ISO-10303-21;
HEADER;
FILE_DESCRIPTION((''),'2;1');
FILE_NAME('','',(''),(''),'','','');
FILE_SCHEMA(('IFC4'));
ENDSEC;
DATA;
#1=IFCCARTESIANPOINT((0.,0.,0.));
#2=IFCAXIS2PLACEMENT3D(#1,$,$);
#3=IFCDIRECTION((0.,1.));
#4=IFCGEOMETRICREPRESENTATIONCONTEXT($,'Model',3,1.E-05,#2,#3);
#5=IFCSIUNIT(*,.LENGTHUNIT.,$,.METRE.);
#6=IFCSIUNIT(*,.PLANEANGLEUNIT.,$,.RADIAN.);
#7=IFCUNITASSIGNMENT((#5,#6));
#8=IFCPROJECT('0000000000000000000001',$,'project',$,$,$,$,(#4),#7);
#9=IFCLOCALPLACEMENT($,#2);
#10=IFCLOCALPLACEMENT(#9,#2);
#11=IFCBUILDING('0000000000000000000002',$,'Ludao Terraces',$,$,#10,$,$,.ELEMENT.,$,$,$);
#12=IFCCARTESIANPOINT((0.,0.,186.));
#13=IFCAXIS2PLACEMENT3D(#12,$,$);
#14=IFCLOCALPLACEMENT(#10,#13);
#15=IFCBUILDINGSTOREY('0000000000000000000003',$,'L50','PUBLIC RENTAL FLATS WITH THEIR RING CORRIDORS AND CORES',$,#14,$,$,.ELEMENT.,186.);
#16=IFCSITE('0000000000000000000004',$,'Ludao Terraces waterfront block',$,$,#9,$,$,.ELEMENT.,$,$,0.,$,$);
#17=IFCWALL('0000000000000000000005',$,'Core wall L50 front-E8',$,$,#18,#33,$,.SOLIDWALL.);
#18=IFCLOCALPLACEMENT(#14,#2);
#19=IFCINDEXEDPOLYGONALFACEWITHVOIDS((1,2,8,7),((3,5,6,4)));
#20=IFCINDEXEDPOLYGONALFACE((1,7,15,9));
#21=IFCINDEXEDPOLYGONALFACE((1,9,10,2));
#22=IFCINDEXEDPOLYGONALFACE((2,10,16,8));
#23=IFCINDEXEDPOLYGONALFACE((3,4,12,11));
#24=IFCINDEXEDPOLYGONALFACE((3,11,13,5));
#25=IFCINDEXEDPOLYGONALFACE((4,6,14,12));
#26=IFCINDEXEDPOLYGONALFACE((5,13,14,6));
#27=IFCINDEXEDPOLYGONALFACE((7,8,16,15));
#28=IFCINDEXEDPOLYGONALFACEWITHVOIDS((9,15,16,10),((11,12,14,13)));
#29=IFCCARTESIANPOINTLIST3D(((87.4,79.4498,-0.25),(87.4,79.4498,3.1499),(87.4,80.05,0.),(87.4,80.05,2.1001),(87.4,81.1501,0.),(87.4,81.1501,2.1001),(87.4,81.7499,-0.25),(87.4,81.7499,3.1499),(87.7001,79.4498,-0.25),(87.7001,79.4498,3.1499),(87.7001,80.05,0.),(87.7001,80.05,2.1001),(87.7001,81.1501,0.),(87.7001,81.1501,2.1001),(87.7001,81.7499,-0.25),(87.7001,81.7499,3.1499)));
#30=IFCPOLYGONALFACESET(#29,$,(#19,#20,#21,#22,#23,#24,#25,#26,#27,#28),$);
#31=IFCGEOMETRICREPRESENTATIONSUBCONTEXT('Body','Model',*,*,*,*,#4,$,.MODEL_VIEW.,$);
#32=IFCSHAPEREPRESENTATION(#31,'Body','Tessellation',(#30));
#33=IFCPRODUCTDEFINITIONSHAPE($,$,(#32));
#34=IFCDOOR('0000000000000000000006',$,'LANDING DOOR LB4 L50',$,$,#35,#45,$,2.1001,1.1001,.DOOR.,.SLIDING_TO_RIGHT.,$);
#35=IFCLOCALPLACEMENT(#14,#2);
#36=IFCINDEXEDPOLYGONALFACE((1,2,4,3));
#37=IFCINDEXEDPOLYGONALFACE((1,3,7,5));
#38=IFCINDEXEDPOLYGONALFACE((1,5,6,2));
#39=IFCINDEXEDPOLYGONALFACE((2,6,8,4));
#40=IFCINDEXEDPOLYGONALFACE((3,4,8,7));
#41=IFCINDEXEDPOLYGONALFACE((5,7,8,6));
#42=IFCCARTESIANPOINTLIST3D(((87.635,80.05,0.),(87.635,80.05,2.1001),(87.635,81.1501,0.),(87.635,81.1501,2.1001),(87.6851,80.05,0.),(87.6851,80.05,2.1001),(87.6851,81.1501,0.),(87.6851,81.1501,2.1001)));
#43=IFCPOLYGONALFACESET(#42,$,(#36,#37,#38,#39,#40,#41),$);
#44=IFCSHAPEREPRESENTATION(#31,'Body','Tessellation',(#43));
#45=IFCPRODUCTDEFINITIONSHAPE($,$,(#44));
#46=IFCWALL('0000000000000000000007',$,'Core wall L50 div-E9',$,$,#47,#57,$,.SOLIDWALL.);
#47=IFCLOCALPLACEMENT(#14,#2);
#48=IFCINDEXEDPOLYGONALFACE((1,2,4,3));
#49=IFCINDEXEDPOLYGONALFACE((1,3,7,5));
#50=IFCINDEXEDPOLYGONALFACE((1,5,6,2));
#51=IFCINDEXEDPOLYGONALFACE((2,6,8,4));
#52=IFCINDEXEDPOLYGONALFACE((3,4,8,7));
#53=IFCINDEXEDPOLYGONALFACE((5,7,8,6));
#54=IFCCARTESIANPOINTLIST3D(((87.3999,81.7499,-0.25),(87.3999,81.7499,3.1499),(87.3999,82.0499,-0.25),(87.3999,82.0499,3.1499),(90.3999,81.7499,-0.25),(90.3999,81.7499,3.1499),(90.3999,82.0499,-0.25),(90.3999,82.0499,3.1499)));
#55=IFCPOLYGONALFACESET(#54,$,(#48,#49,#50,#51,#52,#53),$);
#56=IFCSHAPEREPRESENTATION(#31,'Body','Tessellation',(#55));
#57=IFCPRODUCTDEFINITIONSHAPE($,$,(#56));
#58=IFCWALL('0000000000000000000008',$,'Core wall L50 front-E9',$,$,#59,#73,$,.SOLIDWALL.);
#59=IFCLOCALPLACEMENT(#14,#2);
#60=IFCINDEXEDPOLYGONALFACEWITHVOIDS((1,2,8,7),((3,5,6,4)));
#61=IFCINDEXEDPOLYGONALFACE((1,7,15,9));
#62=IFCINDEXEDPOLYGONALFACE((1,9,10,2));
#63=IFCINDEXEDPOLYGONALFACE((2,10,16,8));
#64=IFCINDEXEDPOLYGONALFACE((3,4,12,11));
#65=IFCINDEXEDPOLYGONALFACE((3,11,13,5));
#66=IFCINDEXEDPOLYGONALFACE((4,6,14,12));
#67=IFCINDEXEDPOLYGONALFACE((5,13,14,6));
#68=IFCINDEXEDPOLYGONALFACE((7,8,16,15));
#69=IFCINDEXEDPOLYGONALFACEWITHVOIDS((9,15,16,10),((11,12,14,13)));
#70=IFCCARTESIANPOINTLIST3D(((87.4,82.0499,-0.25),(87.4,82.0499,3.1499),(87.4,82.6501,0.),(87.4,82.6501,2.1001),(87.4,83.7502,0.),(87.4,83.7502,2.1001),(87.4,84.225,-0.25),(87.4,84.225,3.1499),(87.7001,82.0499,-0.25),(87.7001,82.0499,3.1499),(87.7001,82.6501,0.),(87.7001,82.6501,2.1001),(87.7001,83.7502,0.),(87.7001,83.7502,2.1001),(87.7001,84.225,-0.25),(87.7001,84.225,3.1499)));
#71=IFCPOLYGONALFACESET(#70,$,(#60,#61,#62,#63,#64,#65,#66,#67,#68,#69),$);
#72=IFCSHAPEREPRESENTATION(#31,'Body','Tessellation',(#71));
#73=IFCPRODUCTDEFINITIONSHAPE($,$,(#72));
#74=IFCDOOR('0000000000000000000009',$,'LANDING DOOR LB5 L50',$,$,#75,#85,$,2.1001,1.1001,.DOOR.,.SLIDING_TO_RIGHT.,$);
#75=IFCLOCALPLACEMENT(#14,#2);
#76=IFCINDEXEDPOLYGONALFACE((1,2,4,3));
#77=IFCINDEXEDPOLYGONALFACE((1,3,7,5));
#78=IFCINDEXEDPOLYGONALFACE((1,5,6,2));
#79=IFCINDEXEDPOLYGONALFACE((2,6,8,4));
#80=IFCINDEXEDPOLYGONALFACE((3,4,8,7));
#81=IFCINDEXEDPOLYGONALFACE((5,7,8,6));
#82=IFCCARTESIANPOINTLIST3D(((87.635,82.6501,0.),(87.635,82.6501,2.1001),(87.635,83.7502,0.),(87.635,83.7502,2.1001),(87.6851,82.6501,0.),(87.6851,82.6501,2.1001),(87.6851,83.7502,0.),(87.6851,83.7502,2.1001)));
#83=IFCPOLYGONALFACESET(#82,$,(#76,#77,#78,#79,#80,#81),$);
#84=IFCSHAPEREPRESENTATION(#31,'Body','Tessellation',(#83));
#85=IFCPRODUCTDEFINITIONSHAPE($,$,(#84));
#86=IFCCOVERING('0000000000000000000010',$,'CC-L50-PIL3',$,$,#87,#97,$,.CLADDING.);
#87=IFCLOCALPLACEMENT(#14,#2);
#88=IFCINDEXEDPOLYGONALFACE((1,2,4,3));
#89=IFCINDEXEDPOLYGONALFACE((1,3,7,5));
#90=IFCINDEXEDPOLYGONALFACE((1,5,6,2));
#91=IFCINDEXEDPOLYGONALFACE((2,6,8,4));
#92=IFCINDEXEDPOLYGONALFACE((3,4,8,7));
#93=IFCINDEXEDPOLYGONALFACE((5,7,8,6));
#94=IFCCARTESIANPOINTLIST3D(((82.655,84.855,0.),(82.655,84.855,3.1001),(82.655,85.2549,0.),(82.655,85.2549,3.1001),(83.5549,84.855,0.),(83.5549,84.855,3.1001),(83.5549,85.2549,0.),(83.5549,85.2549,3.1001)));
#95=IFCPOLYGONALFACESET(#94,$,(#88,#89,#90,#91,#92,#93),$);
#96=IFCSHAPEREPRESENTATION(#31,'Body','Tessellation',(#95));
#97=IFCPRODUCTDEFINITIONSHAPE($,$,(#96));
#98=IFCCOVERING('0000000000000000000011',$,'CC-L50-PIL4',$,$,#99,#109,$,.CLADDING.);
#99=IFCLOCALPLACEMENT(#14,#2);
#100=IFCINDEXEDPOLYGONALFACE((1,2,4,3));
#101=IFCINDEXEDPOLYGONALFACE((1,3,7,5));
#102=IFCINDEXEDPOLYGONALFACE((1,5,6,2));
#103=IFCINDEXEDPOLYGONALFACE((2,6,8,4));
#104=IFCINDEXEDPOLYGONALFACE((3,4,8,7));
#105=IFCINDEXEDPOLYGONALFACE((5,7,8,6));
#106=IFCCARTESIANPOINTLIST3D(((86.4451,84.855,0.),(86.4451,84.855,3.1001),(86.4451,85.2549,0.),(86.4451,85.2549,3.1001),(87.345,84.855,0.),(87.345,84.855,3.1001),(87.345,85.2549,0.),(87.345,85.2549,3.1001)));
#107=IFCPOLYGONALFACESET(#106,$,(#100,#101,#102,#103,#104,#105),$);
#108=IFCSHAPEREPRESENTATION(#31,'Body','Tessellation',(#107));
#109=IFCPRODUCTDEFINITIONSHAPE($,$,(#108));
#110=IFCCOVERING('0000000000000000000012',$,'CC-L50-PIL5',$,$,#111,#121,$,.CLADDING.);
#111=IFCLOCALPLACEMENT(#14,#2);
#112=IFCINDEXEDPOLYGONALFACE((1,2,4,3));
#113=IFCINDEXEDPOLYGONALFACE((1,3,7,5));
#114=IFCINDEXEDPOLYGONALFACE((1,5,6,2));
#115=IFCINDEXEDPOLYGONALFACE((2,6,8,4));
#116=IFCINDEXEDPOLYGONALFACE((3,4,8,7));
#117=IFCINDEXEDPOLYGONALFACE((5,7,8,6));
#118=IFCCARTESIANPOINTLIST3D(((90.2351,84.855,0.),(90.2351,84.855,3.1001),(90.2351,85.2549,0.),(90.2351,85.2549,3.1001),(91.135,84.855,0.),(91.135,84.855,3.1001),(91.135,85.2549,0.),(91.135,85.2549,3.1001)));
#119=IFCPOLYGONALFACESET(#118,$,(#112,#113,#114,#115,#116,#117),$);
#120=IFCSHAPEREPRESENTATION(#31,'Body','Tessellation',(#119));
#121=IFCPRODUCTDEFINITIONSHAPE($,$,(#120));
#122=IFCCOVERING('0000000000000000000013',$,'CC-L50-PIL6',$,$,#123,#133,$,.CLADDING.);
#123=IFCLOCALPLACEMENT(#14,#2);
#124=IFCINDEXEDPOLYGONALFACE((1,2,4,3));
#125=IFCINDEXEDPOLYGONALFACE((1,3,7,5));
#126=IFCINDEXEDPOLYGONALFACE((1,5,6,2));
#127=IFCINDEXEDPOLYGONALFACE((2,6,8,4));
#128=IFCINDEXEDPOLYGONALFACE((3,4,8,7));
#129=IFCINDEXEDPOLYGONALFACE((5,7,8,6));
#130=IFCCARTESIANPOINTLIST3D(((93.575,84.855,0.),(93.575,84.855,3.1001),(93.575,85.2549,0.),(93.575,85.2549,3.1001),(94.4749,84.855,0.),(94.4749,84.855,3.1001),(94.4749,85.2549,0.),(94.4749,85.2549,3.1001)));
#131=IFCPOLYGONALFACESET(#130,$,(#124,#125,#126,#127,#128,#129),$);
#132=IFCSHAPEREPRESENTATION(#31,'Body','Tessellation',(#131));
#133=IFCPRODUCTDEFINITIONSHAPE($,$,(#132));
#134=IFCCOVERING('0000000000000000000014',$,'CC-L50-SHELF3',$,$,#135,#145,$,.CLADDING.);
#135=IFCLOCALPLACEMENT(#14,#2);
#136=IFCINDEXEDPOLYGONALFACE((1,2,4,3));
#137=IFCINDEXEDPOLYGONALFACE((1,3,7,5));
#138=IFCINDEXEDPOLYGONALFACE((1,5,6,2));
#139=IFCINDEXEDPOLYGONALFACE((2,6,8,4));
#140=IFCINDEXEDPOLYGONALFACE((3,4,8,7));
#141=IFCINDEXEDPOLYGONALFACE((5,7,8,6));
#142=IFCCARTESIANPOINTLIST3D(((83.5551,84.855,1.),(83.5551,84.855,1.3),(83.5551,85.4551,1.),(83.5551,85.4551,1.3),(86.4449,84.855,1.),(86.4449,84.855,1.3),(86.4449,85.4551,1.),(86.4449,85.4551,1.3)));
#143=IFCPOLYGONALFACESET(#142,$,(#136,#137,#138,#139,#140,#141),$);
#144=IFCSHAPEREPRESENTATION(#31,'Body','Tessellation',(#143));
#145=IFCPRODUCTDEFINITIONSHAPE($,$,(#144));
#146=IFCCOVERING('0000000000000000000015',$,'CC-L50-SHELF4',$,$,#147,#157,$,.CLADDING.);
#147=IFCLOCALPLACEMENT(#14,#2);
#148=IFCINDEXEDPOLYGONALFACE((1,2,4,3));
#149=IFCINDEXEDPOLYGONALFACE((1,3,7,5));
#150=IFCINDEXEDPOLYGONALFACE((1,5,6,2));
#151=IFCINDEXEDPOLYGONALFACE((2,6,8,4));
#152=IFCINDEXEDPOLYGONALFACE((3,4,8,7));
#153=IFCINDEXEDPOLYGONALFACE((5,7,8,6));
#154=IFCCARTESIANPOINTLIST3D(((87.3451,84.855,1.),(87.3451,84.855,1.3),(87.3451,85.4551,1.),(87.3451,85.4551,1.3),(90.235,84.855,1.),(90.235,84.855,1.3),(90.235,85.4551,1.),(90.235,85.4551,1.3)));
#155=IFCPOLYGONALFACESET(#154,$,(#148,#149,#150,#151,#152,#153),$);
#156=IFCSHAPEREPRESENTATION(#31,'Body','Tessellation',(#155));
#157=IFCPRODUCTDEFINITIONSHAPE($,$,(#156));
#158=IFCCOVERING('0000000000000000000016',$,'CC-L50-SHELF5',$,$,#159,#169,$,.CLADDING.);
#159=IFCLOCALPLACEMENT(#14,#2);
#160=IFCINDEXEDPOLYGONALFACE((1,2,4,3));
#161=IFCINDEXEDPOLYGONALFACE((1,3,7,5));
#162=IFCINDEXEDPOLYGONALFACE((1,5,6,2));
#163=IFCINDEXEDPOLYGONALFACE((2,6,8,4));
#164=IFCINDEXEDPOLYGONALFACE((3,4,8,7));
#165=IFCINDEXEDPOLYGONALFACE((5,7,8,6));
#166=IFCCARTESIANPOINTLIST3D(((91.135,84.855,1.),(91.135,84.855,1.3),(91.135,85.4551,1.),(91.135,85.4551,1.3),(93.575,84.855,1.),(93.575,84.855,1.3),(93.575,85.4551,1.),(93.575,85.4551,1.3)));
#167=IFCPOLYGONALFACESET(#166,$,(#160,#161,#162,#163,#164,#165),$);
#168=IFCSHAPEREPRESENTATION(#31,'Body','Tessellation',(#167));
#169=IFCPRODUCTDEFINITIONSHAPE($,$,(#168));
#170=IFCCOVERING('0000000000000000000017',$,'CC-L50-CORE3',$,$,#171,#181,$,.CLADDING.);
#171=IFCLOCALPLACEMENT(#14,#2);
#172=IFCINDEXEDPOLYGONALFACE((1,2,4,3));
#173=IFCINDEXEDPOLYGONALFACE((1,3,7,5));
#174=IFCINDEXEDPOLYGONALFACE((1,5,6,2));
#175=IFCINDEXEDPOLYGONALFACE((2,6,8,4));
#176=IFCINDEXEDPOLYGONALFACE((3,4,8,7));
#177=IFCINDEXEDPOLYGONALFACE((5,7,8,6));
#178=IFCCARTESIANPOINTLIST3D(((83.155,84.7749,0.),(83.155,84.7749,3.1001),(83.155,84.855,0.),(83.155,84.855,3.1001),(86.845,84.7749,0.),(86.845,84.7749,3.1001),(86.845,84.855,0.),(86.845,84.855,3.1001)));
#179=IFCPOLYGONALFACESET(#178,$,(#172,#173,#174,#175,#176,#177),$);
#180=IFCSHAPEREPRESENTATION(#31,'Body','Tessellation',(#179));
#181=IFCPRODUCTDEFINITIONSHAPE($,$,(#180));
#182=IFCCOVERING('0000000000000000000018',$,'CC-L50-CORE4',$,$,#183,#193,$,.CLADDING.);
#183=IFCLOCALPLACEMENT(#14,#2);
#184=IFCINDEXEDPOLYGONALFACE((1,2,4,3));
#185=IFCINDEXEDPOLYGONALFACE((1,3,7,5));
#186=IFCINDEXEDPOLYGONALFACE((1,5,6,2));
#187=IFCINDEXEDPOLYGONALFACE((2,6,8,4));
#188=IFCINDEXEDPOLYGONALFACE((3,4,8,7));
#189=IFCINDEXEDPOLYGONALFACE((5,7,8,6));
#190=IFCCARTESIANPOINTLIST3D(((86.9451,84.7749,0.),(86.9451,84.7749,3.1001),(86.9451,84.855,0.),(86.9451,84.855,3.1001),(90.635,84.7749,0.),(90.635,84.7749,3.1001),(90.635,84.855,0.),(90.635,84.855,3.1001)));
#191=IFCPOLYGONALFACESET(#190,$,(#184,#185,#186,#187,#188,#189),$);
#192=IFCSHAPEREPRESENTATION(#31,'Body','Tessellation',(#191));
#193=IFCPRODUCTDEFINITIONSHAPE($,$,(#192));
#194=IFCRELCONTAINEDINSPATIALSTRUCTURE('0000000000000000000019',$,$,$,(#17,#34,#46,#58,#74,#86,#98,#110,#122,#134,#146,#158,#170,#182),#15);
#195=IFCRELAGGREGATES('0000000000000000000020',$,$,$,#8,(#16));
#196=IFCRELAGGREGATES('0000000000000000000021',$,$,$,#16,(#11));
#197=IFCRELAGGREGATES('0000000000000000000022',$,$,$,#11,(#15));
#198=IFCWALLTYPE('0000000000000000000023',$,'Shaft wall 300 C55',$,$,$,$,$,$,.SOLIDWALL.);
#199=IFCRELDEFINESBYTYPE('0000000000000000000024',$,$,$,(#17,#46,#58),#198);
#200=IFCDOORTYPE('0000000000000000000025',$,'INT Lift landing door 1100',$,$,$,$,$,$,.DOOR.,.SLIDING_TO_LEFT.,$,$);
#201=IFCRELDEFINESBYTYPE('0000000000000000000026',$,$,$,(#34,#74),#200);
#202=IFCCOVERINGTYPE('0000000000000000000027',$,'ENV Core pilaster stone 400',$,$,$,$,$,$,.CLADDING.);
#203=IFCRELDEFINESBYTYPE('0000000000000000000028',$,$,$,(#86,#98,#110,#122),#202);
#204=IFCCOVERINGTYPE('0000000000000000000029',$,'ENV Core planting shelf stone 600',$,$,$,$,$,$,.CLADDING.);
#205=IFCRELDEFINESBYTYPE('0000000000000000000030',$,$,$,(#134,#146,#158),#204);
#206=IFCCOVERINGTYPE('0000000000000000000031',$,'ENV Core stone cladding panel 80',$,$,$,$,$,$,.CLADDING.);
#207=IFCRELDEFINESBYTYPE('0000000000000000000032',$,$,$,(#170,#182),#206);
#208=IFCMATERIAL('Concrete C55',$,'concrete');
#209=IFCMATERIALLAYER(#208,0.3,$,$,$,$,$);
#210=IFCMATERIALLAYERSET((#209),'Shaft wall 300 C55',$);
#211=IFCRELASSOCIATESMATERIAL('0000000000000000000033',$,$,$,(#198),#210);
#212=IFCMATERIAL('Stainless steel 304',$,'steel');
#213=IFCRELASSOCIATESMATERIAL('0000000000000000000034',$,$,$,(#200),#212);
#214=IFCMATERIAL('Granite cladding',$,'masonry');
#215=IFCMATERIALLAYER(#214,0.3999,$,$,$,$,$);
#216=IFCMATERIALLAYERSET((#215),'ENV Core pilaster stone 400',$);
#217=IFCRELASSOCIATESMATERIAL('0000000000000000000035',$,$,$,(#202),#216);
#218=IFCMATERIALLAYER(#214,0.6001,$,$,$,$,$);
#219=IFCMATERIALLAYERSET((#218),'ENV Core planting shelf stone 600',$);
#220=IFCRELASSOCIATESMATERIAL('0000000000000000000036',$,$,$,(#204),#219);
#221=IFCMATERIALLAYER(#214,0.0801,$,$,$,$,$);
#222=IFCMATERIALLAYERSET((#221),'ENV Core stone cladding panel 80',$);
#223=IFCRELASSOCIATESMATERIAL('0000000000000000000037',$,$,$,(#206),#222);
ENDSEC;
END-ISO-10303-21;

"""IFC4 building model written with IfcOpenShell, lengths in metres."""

from ifc_helpers import new_model, si_unit, direction, frame, frame_2d, origin, origin_2d, place, context, subcontext, project, spatial, rectangle, extrude, material, layer, layer_set, type_object, element, fill, save


model = new_model("IFC4")

# Units and contexts
model_context = context("Model", 3, precision=1e-05, world=origin(), true_north=direction((0.0, 1.0)))
body_context = subcontext(model_context, "Body", "Model", "MODEL_VIEW")
ifc_project = project(units=[si_unit("LENGTHUNIT", "METRE"), si_unit("PLANEANGLEUNIT", "RADIAN")], contexts=[model_context])

# Site, building, storey
site_placement = place(None, origin())
site = spatial("IfcSite", under=ifc_project, at=site_placement, Name="Ludao Terraces waterfront block", CompositionType="ELEMENT", RefElevation=0.0)
building_placement = place(site_placement, origin())
building = spatial("IfcBuilding", under=site, at=building_placement, Name="Ludao Terraces", CompositionType="ELEMENT")
storey_placement = place(building_placement, frame((0.0, 0.0, 186.0)))
storey = spatial("IfcBuildingStorey", under=building, at=storey_placement, Name="L50", Description="PUBLIC RENTAL FLATS WITH THEIR RING CORRIDORS AND CORES", CompositionType="ELEMENT", Elevation=186.0)

# Wall, opening, door
ifc_material_1 = material(Name="Concrete C55", Category="concrete")
ifc_layer_1 = layer(ifc_material_1, 0.3)
ifc_layer_set_1 = layer_set([ifc_layer_1], Name="Shaft wall 300 C55")
wall_type = type_object("IfcWallType", Name="Shaft wall 300 C55", PredefinedType="SOLIDWALL", material=ifc_layer_set_1)
wall_1_placement = place(storey_placement, frame((87.55, 79.45, -0.25), z_axis=(0.0, 0.0, 1.0), x_axis=(0.0, 1.0, 0.0)))
wall_1 = element("IfcWall", 1, at=wall_1_placement, inside=storey, type_object=wall_type, Name="Core wall L50 front-E8", PredefinedType="SOLIDWALL", context=body_context, shape_type="SweptSolid", body=[
    extrude(rectangle(XDim=2.3, YDim=0.3, at=frame_2d((1.1499, 0.0))), origin(), (0.0, 0.0, 1.0), 3.3999),
])
opening_1_placement = place(wall_1_placement, frame((0.6001, 0.0, 0.25)))
opening_1 = element("IfcOpeningElement", 2, at=opening_1_placement, cuts=wall_1, PredefinedType="OPENING", context=body_context, shape_type="SweptSolid", body=[
    extrude(rectangle(XDim=1.1001, YDim=2.1001, at=frame_2d((0.55, 1.05))), frame((0.0, 0.1602, 0.0), z_axis=(0.0, -1.0, 0.0), x_axis=(1.0, 0.0, 0.0)), (0.0, 0.0, 1.0), 0.3201),
])
ifc_material_2 = material(Name="Stainless steel 304", Category="steel")
door_type = type_object("IfcDoorType", Name="INT Lift landing door 1100", OperationType="SLIDING_TO_LEFT", PredefinedType="DOOR", material=ifc_material_2)
door_1_placement = place(opening_1_placement, origin())
door_1 = element("IfcDoor", 3, at=door_1_placement, inside=storey, type_object=door_type, Name="LANDING DOOR LB4 L50", OperationType="SLIDING_TO_RIGHT", OverallHeight=2.1001, OverallWidth=1.1001, PredefinedType="DOOR", context=body_context, shape_type="SweptSolid", body=[
    extrude(rectangle(XDim=1.1001, YDim=2.1001, at=frame_2d((0.55, 1.05))), frame((0.0, -0.085, 0.0), z_axis=(0.0, -1.0, 0.0), x_axis=(1.0, 0.0, 0.0)), (0.0, 0.0, 1.0), 0.05),
])
fill(opening_1, door_1)

# Wall
wall_2_placement = place(storey_placement, frame((87.3999, 81.8999, -0.25), z_axis=(0.0, 0.0, 1.0), x_axis=(1.0, 0.0, 0.0)))
element("IfcWall", 4, at=wall_2_placement, inside=storey, type_object=wall_type, Name="Core wall L50 div-E9", PredefinedType="SOLIDWALL", context=body_context, shape_type="SweptSolid", body=[
    extrude(rectangle(XDim=3.0, YDim=0.3, at=frame_2d((1.5, 0.0))), origin(), (0.0, 0.0, 1.0), 3.3999),
])

# Wall, opening, door
wall_3_placement = place(storey_placement, frame((87.55, 82.05, -0.25), z_axis=(0.0, 0.0, 1.0), x_axis=(0.0, 1.0, 0.0)))
wall_3 = element("IfcWall", 5, at=wall_3_placement, inside=storey, type_object=wall_type, Name="Core wall L50 front-E9", PredefinedType="SOLIDWALL", context=body_context, shape_type="SweptSolid", body=[
    extrude(rectangle(XDim=2.175, YDim=0.3, at=frame_2d((1.0874, 0.0))), origin(), (0.0, 0.0, 1.0), 3.3999),
])
opening_2_placement = place(wall_3_placement, frame((0.6001, 0.0, 0.25)))
opening_2 = element("IfcOpeningElement", 6, at=opening_2_placement, cuts=wall_3, PredefinedType="OPENING", context=body_context, shape_type="SweptSolid", body=[
    extrude(rectangle(XDim=1.1001, YDim=2.1001, at=frame_2d((0.55, 1.05))), frame((0.0, 0.1602, 0.0), z_axis=(0.0, -1.0, 0.0), x_axis=(1.0, 0.0, 0.0)), (0.0, 0.0, 1.0), 0.3201),
])
door_2_placement = place(opening_2_placement, origin())
door_2 = element("IfcDoor", 7, at=door_2_placement, inside=storey, type_object=door_type, Name="LANDING DOOR LB5 L50", OperationType="SLIDING_TO_RIGHT", OverallHeight=2.1001, OverallWidth=1.1001, PredefinedType="DOOR", context=body_context, shape_type="SweptSolid", body=[
    extrude(rectangle(XDim=1.1001, YDim=2.1001, at=frame_2d((0.55, 1.05))), frame((0.0, -0.085, 0.0), z_axis=(0.0, -1.0, 0.0), x_axis=(1.0, 0.0, 0.0)), (0.0, 0.0, 1.0), 0.05),
])
fill(opening_2, door_2)

# Coverings
ifc_material_3 = material(Name="Granite cladding", Category="masonry")
ifc_layer_2 = layer(ifc_material_3, 0.3999)
ifc_layer_set_2 = layer_set([ifc_layer_2], Name="ENV Core pilaster stone 400")
covering_type_1 = type_object("IfcCoveringType", Name="ENV Core pilaster stone 400", PredefinedType="CLADDING", material=ifc_layer_set_2)
for number, where, z_axis, x_axis, name in (
    (8, (83.105, 85.0549, 0.0), (0.0, 0.0, 1.0), (1.0, 0.0, 0.0), "CC-L50-PIL3"),
    (9, (86.895, 85.0549, 0.0), (0.0, 0.0, 1.0), (1.0, 0.0, 0.0), "CC-L50-PIL4"),
    (10, (90.6851, 85.0549, 0.0), (0.0, 0.0, 1.0), (1.0, 0.0, 0.0), "CC-L50-PIL5"),
    (11, (94.0249, 85.0549, 0.0), (0.0, 0.0, 1.0), (1.0, 0.0, 0.0), "CC-L50-PIL6"),
):
    element("IfcCovering", number, at=place(storey_placement, frame(where, z_axis=z_axis, x_axis=x_axis)), inside=storey, type_object=covering_type_1, Name=name, PredefinedType="CLADDING", context=body_context, shape_type="SweptSolid", body=[
        extrude(rectangle(XDim=0.8999, YDim=0.3999, at=origin_2d()), origin(), (0.0, 0.0, 1.0), 3.1001),
    ])
ifc_layer_3 = layer(ifc_material_3, 0.6001)
ifc_layer_set_3 = layer_set([ifc_layer_3], Name="ENV Core planting shelf stone 600")
covering_type_2 = type_object("IfcCoveringType", Name="ENV Core planting shelf stone 600", PredefinedType="CLADDING", material=ifc_layer_set_3)
for number, where, z_axis, x_axis, name in (
    (12, (85.0, 85.155, 1.0), (0.0, 0.0, 1.0), (1.0, 0.0, 0.0), "CC-L50-SHELF3"),
    (13, (88.79, 85.155, 1.0), (0.0, 0.0, 1.0), (1.0, 0.0, 0.0), "CC-L50-SHELF4"),
):
    element("IfcCovering", number, at=place(storey_placement, frame(where, z_axis=z_axis, x_axis=x_axis)), inside=storey, type_object=covering_type_2, Name=name, PredefinedType="CLADDING", context=body_context, shape_type="SweptSolid", body=[
        extrude(rectangle(XDim=2.8899, YDim=0.6001, at=origin_2d()), origin(), (0.0, 0.0, 1.0), 0.3),
    ])
covering_1_placement = place(storey_placement, frame((92.355, 85.155, 1.0), z_axis=(0.0, 0.0, 1.0), x_axis=(1.0, 0.0, 0.0)))
element("IfcCovering", 14, at=covering_1_placement, inside=storey, type_object=covering_type_2, Name="CC-L50-SHELF5", PredefinedType="CLADDING", context=body_context, shape_type="SweptSolid", body=[
    extrude(rectangle(XDim=2.4399, YDim=0.6001, at=origin_2d()), origin(), (0.0, 0.0, 1.0), 0.3),
])
ifc_layer_4 = layer(ifc_material_3, 0.0801)
ifc_layer_set_4 = layer_set([ifc_layer_4], Name="ENV Core stone cladding panel 80")
covering_type_3 = type_object("IfcCoveringType", Name="ENV Core stone cladding panel 80", PredefinedType="CLADDING", material=ifc_layer_set_4)
for number, where, z_axis, x_axis, name in (
    (15, (85.0, 84.8149, 0.0), (0.0, 0.0, 1.0), (1.0, 0.0, 0.0), "CC-L50-CORE3"),
    (16, (88.79, 84.8149, 0.0), (0.0, 0.0, 1.0), (1.0, 0.0, 0.0), "CC-L50-CORE4"),
):
    element("IfcCovering", number, at=place(storey_placement, frame(where, z_axis=z_axis, x_axis=x_axis)), inside=storey, type_object=covering_type_3, Name=name, PredefinedType="CLADDING", context=body_context, shape_type="SweptSolid", body=[
        extrude(rectangle(XDim=3.6899, YDim=0.0801, at=origin_2d()), origin(), (0.0, 0.0, 1.0), 3.1001),
    ])

save(model, "model.ifc")
